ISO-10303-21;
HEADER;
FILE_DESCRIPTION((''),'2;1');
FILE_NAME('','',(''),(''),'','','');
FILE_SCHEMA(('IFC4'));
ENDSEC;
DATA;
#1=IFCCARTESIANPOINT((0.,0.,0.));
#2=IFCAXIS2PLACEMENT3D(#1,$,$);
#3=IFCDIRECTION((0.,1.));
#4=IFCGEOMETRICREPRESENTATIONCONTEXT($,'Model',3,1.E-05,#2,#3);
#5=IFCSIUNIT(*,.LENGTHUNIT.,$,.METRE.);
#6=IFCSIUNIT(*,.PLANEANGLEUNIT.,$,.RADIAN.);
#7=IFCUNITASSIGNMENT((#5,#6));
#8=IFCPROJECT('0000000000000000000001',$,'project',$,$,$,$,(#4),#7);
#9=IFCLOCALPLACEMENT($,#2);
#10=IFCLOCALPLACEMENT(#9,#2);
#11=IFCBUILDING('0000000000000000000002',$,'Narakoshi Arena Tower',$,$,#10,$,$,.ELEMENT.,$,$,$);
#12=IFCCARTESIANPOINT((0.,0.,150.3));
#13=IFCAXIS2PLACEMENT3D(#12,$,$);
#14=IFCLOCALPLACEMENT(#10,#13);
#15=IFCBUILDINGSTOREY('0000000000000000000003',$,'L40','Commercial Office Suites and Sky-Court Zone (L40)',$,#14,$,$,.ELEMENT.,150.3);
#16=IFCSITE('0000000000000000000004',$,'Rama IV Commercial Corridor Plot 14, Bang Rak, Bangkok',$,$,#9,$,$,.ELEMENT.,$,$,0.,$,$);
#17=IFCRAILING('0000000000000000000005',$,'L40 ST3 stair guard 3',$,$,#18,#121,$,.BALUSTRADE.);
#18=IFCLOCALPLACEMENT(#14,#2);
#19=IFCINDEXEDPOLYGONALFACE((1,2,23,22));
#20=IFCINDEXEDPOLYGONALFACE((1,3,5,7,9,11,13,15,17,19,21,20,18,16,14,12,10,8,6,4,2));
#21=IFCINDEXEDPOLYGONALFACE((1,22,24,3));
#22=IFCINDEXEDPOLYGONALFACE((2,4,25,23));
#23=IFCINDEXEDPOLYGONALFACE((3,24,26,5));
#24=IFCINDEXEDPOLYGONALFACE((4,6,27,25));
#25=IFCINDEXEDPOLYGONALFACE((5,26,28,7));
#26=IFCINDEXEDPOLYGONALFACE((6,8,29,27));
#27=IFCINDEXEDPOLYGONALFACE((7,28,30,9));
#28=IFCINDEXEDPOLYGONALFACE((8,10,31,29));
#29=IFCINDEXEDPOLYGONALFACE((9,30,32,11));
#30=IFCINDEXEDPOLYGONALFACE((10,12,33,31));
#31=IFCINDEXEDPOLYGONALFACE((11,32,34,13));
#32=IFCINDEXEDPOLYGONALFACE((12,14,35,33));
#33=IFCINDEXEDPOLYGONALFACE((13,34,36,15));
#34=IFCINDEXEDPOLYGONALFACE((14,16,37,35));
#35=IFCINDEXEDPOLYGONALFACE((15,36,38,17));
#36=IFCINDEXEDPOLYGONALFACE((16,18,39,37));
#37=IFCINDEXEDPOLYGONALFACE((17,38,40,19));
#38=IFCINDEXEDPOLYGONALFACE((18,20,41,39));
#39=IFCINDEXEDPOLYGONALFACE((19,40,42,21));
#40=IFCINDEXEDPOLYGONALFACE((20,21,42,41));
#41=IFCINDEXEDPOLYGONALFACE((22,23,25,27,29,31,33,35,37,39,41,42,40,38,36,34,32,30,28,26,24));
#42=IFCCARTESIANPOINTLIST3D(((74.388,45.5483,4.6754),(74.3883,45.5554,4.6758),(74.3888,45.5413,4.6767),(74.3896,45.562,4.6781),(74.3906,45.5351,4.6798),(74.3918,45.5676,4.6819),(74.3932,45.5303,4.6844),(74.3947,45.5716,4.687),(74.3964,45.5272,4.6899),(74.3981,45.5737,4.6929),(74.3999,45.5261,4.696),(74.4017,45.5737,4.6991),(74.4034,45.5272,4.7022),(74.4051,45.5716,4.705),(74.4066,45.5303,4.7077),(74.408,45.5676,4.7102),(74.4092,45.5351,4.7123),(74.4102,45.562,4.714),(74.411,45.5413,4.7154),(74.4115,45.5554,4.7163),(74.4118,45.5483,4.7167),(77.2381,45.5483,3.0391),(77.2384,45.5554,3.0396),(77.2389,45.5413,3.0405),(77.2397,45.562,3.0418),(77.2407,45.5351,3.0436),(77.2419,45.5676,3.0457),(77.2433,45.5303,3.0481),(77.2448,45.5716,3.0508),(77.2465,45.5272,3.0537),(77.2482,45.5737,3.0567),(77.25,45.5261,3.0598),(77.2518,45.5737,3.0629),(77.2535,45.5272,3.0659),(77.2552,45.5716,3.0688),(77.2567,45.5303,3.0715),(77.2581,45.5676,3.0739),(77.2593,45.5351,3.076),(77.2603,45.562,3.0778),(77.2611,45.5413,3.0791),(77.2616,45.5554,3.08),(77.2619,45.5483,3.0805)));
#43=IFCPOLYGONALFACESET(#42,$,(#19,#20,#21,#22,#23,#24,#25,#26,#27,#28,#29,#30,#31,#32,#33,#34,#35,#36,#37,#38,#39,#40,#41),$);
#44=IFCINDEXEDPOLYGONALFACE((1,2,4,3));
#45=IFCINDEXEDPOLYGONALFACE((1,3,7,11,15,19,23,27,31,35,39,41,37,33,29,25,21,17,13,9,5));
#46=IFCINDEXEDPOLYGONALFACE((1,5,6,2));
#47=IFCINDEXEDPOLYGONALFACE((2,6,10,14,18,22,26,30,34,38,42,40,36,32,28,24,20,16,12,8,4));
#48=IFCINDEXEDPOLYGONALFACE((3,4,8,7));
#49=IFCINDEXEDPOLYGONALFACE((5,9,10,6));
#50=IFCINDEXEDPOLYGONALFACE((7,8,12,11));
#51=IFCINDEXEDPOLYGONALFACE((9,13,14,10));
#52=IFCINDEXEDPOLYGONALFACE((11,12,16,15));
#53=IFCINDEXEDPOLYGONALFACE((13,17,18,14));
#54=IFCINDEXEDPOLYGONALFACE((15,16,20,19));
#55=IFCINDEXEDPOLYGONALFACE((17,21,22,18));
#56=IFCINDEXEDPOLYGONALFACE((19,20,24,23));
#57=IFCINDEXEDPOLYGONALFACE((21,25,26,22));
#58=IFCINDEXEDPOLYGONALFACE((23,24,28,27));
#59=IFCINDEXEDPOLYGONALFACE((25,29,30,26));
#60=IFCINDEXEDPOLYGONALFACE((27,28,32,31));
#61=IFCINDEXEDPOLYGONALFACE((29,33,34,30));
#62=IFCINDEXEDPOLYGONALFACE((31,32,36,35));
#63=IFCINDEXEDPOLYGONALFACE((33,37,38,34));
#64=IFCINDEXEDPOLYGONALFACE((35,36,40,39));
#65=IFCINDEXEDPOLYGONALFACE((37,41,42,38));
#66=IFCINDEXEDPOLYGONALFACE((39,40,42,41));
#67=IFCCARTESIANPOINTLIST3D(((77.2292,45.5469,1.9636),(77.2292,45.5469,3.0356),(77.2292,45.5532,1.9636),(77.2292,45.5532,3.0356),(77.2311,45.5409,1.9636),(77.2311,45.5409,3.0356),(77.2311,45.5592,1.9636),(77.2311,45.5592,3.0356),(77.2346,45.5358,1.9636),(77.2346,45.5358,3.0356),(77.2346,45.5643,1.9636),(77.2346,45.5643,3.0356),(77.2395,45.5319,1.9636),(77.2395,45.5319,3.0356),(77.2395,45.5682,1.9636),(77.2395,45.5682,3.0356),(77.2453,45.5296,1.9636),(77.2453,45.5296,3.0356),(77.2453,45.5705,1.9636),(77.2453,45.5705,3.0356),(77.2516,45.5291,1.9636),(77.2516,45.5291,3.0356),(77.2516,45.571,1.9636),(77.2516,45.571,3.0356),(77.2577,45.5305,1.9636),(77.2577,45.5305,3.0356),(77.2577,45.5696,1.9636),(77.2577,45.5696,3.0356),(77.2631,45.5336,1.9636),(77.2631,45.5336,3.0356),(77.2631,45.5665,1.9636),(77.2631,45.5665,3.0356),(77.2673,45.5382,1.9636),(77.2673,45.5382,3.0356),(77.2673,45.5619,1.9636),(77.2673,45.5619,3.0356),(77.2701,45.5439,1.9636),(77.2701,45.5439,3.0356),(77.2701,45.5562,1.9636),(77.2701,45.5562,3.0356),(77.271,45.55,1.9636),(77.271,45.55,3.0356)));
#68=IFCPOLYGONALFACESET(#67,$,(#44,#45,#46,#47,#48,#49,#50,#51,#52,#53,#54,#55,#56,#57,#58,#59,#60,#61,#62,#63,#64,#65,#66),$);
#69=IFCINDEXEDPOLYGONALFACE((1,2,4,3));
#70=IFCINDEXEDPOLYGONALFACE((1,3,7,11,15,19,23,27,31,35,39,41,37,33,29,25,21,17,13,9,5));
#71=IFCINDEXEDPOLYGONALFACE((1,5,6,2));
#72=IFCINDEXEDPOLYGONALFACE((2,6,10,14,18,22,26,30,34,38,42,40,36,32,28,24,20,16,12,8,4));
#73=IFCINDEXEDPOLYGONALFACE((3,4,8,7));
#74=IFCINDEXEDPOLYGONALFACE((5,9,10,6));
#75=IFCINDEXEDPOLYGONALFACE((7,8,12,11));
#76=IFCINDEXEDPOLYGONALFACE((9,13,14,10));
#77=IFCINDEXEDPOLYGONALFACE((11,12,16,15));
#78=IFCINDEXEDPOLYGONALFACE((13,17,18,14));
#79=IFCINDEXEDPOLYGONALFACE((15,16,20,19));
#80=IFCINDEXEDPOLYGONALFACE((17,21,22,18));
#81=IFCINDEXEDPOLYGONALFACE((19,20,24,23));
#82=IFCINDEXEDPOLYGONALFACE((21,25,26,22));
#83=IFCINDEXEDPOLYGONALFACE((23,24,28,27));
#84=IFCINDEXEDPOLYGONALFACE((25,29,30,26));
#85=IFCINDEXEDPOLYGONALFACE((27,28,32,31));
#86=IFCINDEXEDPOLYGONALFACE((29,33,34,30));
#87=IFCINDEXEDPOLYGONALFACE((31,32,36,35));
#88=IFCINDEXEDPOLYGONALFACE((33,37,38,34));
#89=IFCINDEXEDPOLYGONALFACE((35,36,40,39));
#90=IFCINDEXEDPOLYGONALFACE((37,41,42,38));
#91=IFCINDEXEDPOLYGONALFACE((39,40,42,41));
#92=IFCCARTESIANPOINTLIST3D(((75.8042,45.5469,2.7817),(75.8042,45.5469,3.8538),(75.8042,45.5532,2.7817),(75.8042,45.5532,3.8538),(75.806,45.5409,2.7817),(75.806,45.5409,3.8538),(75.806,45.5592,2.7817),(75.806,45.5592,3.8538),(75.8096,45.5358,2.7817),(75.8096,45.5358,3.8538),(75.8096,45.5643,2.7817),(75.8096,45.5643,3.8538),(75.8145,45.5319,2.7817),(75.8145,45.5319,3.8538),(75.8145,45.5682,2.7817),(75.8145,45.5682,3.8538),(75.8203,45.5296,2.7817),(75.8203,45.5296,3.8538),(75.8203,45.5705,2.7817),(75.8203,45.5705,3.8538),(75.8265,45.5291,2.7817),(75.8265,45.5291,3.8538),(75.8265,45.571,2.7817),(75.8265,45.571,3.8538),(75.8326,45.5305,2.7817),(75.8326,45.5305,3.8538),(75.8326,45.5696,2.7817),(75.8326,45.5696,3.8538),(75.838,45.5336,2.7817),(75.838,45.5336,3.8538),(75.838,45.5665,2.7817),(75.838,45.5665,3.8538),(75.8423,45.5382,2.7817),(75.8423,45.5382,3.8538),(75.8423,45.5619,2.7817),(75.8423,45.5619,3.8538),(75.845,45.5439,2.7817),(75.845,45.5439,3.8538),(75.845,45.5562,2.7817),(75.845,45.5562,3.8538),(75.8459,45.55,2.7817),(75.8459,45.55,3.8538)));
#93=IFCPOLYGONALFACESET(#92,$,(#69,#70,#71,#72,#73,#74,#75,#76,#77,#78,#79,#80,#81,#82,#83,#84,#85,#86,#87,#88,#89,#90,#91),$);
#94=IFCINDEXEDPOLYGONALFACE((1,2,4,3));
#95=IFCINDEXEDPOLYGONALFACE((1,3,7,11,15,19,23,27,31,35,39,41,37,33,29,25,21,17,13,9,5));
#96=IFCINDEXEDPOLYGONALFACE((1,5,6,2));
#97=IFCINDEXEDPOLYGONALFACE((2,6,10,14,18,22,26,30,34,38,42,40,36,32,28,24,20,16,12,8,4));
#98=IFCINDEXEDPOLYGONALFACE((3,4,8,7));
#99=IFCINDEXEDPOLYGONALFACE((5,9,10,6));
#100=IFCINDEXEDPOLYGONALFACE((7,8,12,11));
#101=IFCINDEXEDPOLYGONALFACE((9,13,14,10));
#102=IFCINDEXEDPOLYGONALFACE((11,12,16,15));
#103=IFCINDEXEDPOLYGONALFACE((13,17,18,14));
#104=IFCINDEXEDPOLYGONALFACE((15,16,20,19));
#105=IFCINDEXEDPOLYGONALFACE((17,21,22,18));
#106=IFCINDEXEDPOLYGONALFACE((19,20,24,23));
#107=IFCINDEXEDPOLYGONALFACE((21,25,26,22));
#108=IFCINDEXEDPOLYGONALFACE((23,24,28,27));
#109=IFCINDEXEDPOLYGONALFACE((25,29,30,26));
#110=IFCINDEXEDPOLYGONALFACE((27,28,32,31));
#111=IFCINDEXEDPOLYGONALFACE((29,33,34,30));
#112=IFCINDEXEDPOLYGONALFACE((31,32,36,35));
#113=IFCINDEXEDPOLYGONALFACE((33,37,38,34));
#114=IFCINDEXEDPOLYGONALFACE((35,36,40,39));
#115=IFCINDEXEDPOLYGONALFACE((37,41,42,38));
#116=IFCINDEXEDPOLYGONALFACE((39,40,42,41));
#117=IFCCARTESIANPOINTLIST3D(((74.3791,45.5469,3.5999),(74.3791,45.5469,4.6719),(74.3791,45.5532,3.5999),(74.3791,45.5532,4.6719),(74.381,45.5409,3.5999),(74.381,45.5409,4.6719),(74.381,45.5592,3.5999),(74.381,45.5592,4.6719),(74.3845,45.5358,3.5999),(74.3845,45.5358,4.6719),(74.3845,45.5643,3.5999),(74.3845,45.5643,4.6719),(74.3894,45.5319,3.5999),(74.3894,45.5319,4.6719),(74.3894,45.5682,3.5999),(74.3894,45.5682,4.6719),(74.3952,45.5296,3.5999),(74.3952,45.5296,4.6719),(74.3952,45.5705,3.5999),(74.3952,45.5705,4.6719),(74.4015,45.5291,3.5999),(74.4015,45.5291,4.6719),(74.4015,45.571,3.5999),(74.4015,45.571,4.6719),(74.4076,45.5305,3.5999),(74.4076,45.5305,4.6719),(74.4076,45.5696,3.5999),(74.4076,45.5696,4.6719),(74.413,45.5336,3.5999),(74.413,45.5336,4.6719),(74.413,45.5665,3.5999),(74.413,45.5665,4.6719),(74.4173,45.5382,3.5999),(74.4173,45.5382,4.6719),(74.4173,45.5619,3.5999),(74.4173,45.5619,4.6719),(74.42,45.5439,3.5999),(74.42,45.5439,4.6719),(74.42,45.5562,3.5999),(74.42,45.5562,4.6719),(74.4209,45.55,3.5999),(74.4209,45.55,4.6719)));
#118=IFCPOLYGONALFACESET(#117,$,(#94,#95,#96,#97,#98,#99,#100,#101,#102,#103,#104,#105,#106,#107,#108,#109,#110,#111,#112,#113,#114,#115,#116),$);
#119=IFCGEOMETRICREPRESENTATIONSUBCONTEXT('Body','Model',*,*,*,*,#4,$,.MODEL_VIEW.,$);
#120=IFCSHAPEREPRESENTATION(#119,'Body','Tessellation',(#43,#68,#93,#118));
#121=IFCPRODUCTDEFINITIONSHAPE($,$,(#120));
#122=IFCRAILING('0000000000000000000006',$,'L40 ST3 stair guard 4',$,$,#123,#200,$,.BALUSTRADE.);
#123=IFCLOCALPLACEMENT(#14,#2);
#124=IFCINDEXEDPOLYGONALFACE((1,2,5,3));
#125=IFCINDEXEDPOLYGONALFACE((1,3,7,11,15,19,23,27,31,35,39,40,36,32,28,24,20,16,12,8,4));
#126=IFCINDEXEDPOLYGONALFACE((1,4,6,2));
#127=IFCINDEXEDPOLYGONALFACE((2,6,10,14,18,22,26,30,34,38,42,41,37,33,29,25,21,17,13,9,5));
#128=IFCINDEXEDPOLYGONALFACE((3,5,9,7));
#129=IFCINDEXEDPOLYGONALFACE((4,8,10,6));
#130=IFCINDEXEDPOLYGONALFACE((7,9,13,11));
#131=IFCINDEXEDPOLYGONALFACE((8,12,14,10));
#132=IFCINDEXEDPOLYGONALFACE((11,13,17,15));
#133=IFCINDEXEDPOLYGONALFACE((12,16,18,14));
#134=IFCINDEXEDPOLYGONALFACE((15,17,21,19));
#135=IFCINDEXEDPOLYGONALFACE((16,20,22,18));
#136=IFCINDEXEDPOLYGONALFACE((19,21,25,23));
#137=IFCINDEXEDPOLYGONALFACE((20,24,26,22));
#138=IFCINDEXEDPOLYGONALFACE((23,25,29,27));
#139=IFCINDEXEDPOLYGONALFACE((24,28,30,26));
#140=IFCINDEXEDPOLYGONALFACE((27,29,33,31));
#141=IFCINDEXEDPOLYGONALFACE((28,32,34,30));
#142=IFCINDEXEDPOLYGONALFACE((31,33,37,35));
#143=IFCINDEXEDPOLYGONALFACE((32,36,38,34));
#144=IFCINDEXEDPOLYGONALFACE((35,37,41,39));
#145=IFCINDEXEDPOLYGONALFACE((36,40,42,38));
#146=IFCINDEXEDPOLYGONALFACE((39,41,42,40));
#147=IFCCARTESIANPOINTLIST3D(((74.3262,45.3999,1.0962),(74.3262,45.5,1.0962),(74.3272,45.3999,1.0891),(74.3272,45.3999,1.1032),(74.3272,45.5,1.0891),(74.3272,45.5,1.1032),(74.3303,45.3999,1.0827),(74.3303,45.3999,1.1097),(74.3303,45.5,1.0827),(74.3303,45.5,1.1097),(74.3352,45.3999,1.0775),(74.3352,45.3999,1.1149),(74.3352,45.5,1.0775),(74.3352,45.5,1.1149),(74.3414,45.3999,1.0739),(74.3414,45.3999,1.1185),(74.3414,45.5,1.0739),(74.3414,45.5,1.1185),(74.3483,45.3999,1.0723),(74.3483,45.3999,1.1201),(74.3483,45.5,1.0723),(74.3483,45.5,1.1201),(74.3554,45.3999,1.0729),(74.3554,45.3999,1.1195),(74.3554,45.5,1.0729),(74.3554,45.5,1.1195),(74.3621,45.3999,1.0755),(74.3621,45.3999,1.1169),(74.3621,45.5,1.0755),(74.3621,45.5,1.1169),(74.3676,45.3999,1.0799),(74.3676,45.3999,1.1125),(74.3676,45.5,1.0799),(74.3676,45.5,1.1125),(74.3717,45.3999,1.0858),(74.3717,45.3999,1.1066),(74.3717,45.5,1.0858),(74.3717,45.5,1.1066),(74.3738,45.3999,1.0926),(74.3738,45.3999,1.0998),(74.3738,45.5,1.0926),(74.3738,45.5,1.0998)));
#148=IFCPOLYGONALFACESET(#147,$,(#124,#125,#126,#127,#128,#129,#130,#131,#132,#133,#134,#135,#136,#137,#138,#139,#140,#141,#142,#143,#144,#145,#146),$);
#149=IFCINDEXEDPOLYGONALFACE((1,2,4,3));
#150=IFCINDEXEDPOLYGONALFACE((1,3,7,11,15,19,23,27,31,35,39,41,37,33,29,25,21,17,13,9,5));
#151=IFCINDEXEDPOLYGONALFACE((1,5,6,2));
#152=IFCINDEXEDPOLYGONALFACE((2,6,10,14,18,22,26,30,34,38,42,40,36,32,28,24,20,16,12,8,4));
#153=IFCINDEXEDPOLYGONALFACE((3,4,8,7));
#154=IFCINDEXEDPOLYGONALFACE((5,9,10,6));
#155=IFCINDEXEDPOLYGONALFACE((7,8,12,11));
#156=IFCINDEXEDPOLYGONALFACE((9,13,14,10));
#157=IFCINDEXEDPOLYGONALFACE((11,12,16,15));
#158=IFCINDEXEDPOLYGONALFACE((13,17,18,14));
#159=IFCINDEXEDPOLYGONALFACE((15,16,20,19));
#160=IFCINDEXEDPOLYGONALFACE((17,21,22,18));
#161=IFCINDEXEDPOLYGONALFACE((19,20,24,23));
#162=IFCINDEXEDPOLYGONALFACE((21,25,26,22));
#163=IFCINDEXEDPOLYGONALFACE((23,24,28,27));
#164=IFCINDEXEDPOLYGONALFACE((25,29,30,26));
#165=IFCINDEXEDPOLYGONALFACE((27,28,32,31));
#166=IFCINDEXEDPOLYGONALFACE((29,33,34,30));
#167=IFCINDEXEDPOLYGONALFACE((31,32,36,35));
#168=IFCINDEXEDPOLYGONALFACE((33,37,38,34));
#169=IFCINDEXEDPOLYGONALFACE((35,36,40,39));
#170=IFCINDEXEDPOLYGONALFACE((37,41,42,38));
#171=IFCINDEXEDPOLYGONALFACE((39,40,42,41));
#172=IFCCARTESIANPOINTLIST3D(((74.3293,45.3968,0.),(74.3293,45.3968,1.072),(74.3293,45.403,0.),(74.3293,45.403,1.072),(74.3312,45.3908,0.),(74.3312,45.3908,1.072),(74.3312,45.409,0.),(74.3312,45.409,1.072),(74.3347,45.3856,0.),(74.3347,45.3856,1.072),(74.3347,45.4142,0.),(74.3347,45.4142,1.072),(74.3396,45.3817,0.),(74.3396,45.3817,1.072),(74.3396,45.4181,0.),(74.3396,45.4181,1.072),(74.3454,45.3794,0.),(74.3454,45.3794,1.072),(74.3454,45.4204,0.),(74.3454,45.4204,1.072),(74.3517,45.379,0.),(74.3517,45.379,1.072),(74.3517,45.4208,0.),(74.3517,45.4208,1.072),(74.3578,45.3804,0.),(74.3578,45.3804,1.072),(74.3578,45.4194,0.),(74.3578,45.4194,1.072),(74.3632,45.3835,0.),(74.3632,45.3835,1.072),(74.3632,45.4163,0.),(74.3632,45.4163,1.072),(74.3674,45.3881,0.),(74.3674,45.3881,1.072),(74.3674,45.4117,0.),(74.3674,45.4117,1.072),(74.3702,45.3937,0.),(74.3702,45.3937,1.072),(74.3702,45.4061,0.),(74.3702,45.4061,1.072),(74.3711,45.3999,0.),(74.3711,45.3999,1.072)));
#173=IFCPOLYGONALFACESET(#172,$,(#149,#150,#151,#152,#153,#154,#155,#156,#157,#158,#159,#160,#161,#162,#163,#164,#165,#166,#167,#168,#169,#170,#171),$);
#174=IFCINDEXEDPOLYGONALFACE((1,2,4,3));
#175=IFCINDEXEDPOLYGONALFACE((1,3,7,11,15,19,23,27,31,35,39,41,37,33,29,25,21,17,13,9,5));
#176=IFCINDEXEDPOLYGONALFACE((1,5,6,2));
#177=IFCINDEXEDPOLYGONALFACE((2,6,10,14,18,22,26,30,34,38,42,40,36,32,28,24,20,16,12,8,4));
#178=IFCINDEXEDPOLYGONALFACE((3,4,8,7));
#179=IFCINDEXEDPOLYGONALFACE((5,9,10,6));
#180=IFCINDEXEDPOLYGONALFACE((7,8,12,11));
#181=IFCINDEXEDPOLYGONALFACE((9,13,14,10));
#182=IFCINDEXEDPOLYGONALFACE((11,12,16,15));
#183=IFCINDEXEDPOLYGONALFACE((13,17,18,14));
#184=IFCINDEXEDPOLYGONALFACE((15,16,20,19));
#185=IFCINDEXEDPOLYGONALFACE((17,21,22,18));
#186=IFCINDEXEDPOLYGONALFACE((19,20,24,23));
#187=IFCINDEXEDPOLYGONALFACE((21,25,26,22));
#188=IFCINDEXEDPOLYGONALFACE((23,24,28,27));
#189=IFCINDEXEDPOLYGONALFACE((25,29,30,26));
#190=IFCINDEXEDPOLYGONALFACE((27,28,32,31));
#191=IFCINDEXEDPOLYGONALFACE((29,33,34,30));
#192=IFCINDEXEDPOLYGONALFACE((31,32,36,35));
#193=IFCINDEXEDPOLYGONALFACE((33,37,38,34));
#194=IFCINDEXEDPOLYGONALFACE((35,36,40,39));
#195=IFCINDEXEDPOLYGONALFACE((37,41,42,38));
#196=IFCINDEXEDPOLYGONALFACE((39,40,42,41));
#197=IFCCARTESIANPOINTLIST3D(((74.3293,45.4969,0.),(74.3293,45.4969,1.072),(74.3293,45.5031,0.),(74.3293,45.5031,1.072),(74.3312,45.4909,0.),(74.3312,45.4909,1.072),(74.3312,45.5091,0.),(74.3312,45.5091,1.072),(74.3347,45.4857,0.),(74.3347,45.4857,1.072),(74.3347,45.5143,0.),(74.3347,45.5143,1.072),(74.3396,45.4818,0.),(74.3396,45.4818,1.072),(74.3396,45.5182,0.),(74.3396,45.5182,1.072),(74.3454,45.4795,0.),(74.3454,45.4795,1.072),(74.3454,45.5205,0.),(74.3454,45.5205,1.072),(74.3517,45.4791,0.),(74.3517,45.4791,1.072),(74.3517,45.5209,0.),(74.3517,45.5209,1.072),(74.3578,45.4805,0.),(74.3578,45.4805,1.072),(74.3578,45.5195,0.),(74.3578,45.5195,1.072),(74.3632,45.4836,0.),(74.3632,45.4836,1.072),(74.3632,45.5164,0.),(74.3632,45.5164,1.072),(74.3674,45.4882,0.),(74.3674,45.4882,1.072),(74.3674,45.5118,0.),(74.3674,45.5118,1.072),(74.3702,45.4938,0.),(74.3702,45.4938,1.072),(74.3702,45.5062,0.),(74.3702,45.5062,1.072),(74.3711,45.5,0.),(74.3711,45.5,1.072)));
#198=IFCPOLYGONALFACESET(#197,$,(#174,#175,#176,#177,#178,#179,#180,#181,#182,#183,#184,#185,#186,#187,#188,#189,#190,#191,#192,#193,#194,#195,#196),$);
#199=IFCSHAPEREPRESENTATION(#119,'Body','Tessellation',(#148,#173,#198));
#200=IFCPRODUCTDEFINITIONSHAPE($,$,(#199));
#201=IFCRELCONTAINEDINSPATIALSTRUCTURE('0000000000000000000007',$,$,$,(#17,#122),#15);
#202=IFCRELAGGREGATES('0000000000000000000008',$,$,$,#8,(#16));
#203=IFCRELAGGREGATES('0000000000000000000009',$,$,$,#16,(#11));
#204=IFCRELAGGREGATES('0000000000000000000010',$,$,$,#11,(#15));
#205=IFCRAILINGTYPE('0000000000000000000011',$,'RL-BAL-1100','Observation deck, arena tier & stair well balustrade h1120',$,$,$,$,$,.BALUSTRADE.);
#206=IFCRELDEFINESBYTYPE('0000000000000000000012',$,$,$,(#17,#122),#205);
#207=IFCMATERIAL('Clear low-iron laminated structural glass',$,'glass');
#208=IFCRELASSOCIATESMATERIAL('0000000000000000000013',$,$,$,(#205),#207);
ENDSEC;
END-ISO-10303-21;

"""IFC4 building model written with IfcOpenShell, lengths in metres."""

from ifc_helpers import new_model, si_unit, direction, frame, origin, origin_2d, place, context, subcontext, project, spatial, circle, extrude, material, type_object, element, save


model = new_model("IFC4")

# Units and contexts
model_context = context("Model", 3, precision=1e-05, world=origin(), true_north=direction((0.0, 1.0)))
body_context = subcontext(model_context, "Body", "Model", "MODEL_VIEW")
ifc_project = project(units=[si_unit("LENGTHUNIT", "METRE"), si_unit("PLANEANGLEUNIT", "RADIAN")], contexts=[model_context])

# Site, building, storey
site_placement = place(None, origin())
site = spatial("IfcSite", under=ifc_project, at=site_placement, Name="Rama IV Commercial Corridor Plot 14, Bang Rak, Bangkok", CompositionType="ELEMENT", RefElevation=0.0)
building_placement = place(site_placement, origin())
building = spatial("IfcBuilding", under=site, at=building_placement, Name="Narakoshi Arena Tower", CompositionType="ELEMENT")
storey_placement = place(building_placement, frame((0.0, 0.0, 150.3)))
storey = spatial("IfcBuildingStorey", under=building, at=storey_placement, Name="L40", Description="Commercial Office Suites and Sky-Court Zone (L40)", CompositionType="ELEMENT", Elevation=150.3)

# Railings
ifc_material_1 = material(Name="Clear low-iron laminated structural glass", Category="glass")
railing_type_1 = type_object("IfcRailingType", Name="RL-BAL-1100", Description="Observation deck, arena tier & stair well balustrade h1120", PredefinedType="BALUSTRADE", material=ifc_material_1)
railing_1_placement = place(storey_placement, frame((77.25, 45.55, 1.9636)))
element("IfcRailing", 1, at=railing_1_placement, inside=storey, type_object=railing_type_1, Name="L40 ST3 stair guard 3", PredefinedType="BALUSTRADE", context=body_context, shape_type="SweptSolid", body=[
    extrude(circle(Radius=0.0239, at=origin_2d()), frame((0.0, 0.0, 1.0962), z_axis=(-0.867245, 0.0, 0.497882), x_axis=(0.0, -1.0, 0.0)), (0.0, 0.0, 1.0), 3.2864),
    extrude(circle(Radius=0.021, at=origin_2d()), origin(), (0.0, 0.0, 1.0), 1.072),
    extrude(circle(Radius=0.021, at=origin_2d()), frame((-1.425, 0.0, 0.8181)), (0.0, 0.0, 1.0), 1.072),
    extrude(circle(Radius=0.021, at=origin_2d()), frame((-2.8501, 0.0, 1.6362)), (0.0, 0.0, 1.0), 1.072),
])
railing_2_placement = place(storey_placement, frame((74.3501, 45.3999, 0.0)))
element("IfcRailing", 2, at=railing_2_placement, inside=storey, type_object=railing_type_1, Name="L40 ST3 stair guard 4", PredefinedType="BALUSTRADE", context=body_context, shape_type="SweptSolid", body=[
    extrude(circle(Radius=0.0239, at=origin_2d()), frame((0.0, 0.0, 1.0962), z_axis=(0.0, 1.0, 0.0), x_axis=(-1.0, 0.0, 0.0)), (0.0, 0.0, 1.0), 0.1001),
    extrude(circle(Radius=0.021, at=origin_2d()), origin(), (0.0, 0.0, 1.0), 1.072),
    extrude(circle(Radius=0.021, at=origin_2d()), frame((0.0, 0.1001, 0.0)), (0.0, 0.0, 1.0), 1.072),
])

save(model, "model.ifc")
